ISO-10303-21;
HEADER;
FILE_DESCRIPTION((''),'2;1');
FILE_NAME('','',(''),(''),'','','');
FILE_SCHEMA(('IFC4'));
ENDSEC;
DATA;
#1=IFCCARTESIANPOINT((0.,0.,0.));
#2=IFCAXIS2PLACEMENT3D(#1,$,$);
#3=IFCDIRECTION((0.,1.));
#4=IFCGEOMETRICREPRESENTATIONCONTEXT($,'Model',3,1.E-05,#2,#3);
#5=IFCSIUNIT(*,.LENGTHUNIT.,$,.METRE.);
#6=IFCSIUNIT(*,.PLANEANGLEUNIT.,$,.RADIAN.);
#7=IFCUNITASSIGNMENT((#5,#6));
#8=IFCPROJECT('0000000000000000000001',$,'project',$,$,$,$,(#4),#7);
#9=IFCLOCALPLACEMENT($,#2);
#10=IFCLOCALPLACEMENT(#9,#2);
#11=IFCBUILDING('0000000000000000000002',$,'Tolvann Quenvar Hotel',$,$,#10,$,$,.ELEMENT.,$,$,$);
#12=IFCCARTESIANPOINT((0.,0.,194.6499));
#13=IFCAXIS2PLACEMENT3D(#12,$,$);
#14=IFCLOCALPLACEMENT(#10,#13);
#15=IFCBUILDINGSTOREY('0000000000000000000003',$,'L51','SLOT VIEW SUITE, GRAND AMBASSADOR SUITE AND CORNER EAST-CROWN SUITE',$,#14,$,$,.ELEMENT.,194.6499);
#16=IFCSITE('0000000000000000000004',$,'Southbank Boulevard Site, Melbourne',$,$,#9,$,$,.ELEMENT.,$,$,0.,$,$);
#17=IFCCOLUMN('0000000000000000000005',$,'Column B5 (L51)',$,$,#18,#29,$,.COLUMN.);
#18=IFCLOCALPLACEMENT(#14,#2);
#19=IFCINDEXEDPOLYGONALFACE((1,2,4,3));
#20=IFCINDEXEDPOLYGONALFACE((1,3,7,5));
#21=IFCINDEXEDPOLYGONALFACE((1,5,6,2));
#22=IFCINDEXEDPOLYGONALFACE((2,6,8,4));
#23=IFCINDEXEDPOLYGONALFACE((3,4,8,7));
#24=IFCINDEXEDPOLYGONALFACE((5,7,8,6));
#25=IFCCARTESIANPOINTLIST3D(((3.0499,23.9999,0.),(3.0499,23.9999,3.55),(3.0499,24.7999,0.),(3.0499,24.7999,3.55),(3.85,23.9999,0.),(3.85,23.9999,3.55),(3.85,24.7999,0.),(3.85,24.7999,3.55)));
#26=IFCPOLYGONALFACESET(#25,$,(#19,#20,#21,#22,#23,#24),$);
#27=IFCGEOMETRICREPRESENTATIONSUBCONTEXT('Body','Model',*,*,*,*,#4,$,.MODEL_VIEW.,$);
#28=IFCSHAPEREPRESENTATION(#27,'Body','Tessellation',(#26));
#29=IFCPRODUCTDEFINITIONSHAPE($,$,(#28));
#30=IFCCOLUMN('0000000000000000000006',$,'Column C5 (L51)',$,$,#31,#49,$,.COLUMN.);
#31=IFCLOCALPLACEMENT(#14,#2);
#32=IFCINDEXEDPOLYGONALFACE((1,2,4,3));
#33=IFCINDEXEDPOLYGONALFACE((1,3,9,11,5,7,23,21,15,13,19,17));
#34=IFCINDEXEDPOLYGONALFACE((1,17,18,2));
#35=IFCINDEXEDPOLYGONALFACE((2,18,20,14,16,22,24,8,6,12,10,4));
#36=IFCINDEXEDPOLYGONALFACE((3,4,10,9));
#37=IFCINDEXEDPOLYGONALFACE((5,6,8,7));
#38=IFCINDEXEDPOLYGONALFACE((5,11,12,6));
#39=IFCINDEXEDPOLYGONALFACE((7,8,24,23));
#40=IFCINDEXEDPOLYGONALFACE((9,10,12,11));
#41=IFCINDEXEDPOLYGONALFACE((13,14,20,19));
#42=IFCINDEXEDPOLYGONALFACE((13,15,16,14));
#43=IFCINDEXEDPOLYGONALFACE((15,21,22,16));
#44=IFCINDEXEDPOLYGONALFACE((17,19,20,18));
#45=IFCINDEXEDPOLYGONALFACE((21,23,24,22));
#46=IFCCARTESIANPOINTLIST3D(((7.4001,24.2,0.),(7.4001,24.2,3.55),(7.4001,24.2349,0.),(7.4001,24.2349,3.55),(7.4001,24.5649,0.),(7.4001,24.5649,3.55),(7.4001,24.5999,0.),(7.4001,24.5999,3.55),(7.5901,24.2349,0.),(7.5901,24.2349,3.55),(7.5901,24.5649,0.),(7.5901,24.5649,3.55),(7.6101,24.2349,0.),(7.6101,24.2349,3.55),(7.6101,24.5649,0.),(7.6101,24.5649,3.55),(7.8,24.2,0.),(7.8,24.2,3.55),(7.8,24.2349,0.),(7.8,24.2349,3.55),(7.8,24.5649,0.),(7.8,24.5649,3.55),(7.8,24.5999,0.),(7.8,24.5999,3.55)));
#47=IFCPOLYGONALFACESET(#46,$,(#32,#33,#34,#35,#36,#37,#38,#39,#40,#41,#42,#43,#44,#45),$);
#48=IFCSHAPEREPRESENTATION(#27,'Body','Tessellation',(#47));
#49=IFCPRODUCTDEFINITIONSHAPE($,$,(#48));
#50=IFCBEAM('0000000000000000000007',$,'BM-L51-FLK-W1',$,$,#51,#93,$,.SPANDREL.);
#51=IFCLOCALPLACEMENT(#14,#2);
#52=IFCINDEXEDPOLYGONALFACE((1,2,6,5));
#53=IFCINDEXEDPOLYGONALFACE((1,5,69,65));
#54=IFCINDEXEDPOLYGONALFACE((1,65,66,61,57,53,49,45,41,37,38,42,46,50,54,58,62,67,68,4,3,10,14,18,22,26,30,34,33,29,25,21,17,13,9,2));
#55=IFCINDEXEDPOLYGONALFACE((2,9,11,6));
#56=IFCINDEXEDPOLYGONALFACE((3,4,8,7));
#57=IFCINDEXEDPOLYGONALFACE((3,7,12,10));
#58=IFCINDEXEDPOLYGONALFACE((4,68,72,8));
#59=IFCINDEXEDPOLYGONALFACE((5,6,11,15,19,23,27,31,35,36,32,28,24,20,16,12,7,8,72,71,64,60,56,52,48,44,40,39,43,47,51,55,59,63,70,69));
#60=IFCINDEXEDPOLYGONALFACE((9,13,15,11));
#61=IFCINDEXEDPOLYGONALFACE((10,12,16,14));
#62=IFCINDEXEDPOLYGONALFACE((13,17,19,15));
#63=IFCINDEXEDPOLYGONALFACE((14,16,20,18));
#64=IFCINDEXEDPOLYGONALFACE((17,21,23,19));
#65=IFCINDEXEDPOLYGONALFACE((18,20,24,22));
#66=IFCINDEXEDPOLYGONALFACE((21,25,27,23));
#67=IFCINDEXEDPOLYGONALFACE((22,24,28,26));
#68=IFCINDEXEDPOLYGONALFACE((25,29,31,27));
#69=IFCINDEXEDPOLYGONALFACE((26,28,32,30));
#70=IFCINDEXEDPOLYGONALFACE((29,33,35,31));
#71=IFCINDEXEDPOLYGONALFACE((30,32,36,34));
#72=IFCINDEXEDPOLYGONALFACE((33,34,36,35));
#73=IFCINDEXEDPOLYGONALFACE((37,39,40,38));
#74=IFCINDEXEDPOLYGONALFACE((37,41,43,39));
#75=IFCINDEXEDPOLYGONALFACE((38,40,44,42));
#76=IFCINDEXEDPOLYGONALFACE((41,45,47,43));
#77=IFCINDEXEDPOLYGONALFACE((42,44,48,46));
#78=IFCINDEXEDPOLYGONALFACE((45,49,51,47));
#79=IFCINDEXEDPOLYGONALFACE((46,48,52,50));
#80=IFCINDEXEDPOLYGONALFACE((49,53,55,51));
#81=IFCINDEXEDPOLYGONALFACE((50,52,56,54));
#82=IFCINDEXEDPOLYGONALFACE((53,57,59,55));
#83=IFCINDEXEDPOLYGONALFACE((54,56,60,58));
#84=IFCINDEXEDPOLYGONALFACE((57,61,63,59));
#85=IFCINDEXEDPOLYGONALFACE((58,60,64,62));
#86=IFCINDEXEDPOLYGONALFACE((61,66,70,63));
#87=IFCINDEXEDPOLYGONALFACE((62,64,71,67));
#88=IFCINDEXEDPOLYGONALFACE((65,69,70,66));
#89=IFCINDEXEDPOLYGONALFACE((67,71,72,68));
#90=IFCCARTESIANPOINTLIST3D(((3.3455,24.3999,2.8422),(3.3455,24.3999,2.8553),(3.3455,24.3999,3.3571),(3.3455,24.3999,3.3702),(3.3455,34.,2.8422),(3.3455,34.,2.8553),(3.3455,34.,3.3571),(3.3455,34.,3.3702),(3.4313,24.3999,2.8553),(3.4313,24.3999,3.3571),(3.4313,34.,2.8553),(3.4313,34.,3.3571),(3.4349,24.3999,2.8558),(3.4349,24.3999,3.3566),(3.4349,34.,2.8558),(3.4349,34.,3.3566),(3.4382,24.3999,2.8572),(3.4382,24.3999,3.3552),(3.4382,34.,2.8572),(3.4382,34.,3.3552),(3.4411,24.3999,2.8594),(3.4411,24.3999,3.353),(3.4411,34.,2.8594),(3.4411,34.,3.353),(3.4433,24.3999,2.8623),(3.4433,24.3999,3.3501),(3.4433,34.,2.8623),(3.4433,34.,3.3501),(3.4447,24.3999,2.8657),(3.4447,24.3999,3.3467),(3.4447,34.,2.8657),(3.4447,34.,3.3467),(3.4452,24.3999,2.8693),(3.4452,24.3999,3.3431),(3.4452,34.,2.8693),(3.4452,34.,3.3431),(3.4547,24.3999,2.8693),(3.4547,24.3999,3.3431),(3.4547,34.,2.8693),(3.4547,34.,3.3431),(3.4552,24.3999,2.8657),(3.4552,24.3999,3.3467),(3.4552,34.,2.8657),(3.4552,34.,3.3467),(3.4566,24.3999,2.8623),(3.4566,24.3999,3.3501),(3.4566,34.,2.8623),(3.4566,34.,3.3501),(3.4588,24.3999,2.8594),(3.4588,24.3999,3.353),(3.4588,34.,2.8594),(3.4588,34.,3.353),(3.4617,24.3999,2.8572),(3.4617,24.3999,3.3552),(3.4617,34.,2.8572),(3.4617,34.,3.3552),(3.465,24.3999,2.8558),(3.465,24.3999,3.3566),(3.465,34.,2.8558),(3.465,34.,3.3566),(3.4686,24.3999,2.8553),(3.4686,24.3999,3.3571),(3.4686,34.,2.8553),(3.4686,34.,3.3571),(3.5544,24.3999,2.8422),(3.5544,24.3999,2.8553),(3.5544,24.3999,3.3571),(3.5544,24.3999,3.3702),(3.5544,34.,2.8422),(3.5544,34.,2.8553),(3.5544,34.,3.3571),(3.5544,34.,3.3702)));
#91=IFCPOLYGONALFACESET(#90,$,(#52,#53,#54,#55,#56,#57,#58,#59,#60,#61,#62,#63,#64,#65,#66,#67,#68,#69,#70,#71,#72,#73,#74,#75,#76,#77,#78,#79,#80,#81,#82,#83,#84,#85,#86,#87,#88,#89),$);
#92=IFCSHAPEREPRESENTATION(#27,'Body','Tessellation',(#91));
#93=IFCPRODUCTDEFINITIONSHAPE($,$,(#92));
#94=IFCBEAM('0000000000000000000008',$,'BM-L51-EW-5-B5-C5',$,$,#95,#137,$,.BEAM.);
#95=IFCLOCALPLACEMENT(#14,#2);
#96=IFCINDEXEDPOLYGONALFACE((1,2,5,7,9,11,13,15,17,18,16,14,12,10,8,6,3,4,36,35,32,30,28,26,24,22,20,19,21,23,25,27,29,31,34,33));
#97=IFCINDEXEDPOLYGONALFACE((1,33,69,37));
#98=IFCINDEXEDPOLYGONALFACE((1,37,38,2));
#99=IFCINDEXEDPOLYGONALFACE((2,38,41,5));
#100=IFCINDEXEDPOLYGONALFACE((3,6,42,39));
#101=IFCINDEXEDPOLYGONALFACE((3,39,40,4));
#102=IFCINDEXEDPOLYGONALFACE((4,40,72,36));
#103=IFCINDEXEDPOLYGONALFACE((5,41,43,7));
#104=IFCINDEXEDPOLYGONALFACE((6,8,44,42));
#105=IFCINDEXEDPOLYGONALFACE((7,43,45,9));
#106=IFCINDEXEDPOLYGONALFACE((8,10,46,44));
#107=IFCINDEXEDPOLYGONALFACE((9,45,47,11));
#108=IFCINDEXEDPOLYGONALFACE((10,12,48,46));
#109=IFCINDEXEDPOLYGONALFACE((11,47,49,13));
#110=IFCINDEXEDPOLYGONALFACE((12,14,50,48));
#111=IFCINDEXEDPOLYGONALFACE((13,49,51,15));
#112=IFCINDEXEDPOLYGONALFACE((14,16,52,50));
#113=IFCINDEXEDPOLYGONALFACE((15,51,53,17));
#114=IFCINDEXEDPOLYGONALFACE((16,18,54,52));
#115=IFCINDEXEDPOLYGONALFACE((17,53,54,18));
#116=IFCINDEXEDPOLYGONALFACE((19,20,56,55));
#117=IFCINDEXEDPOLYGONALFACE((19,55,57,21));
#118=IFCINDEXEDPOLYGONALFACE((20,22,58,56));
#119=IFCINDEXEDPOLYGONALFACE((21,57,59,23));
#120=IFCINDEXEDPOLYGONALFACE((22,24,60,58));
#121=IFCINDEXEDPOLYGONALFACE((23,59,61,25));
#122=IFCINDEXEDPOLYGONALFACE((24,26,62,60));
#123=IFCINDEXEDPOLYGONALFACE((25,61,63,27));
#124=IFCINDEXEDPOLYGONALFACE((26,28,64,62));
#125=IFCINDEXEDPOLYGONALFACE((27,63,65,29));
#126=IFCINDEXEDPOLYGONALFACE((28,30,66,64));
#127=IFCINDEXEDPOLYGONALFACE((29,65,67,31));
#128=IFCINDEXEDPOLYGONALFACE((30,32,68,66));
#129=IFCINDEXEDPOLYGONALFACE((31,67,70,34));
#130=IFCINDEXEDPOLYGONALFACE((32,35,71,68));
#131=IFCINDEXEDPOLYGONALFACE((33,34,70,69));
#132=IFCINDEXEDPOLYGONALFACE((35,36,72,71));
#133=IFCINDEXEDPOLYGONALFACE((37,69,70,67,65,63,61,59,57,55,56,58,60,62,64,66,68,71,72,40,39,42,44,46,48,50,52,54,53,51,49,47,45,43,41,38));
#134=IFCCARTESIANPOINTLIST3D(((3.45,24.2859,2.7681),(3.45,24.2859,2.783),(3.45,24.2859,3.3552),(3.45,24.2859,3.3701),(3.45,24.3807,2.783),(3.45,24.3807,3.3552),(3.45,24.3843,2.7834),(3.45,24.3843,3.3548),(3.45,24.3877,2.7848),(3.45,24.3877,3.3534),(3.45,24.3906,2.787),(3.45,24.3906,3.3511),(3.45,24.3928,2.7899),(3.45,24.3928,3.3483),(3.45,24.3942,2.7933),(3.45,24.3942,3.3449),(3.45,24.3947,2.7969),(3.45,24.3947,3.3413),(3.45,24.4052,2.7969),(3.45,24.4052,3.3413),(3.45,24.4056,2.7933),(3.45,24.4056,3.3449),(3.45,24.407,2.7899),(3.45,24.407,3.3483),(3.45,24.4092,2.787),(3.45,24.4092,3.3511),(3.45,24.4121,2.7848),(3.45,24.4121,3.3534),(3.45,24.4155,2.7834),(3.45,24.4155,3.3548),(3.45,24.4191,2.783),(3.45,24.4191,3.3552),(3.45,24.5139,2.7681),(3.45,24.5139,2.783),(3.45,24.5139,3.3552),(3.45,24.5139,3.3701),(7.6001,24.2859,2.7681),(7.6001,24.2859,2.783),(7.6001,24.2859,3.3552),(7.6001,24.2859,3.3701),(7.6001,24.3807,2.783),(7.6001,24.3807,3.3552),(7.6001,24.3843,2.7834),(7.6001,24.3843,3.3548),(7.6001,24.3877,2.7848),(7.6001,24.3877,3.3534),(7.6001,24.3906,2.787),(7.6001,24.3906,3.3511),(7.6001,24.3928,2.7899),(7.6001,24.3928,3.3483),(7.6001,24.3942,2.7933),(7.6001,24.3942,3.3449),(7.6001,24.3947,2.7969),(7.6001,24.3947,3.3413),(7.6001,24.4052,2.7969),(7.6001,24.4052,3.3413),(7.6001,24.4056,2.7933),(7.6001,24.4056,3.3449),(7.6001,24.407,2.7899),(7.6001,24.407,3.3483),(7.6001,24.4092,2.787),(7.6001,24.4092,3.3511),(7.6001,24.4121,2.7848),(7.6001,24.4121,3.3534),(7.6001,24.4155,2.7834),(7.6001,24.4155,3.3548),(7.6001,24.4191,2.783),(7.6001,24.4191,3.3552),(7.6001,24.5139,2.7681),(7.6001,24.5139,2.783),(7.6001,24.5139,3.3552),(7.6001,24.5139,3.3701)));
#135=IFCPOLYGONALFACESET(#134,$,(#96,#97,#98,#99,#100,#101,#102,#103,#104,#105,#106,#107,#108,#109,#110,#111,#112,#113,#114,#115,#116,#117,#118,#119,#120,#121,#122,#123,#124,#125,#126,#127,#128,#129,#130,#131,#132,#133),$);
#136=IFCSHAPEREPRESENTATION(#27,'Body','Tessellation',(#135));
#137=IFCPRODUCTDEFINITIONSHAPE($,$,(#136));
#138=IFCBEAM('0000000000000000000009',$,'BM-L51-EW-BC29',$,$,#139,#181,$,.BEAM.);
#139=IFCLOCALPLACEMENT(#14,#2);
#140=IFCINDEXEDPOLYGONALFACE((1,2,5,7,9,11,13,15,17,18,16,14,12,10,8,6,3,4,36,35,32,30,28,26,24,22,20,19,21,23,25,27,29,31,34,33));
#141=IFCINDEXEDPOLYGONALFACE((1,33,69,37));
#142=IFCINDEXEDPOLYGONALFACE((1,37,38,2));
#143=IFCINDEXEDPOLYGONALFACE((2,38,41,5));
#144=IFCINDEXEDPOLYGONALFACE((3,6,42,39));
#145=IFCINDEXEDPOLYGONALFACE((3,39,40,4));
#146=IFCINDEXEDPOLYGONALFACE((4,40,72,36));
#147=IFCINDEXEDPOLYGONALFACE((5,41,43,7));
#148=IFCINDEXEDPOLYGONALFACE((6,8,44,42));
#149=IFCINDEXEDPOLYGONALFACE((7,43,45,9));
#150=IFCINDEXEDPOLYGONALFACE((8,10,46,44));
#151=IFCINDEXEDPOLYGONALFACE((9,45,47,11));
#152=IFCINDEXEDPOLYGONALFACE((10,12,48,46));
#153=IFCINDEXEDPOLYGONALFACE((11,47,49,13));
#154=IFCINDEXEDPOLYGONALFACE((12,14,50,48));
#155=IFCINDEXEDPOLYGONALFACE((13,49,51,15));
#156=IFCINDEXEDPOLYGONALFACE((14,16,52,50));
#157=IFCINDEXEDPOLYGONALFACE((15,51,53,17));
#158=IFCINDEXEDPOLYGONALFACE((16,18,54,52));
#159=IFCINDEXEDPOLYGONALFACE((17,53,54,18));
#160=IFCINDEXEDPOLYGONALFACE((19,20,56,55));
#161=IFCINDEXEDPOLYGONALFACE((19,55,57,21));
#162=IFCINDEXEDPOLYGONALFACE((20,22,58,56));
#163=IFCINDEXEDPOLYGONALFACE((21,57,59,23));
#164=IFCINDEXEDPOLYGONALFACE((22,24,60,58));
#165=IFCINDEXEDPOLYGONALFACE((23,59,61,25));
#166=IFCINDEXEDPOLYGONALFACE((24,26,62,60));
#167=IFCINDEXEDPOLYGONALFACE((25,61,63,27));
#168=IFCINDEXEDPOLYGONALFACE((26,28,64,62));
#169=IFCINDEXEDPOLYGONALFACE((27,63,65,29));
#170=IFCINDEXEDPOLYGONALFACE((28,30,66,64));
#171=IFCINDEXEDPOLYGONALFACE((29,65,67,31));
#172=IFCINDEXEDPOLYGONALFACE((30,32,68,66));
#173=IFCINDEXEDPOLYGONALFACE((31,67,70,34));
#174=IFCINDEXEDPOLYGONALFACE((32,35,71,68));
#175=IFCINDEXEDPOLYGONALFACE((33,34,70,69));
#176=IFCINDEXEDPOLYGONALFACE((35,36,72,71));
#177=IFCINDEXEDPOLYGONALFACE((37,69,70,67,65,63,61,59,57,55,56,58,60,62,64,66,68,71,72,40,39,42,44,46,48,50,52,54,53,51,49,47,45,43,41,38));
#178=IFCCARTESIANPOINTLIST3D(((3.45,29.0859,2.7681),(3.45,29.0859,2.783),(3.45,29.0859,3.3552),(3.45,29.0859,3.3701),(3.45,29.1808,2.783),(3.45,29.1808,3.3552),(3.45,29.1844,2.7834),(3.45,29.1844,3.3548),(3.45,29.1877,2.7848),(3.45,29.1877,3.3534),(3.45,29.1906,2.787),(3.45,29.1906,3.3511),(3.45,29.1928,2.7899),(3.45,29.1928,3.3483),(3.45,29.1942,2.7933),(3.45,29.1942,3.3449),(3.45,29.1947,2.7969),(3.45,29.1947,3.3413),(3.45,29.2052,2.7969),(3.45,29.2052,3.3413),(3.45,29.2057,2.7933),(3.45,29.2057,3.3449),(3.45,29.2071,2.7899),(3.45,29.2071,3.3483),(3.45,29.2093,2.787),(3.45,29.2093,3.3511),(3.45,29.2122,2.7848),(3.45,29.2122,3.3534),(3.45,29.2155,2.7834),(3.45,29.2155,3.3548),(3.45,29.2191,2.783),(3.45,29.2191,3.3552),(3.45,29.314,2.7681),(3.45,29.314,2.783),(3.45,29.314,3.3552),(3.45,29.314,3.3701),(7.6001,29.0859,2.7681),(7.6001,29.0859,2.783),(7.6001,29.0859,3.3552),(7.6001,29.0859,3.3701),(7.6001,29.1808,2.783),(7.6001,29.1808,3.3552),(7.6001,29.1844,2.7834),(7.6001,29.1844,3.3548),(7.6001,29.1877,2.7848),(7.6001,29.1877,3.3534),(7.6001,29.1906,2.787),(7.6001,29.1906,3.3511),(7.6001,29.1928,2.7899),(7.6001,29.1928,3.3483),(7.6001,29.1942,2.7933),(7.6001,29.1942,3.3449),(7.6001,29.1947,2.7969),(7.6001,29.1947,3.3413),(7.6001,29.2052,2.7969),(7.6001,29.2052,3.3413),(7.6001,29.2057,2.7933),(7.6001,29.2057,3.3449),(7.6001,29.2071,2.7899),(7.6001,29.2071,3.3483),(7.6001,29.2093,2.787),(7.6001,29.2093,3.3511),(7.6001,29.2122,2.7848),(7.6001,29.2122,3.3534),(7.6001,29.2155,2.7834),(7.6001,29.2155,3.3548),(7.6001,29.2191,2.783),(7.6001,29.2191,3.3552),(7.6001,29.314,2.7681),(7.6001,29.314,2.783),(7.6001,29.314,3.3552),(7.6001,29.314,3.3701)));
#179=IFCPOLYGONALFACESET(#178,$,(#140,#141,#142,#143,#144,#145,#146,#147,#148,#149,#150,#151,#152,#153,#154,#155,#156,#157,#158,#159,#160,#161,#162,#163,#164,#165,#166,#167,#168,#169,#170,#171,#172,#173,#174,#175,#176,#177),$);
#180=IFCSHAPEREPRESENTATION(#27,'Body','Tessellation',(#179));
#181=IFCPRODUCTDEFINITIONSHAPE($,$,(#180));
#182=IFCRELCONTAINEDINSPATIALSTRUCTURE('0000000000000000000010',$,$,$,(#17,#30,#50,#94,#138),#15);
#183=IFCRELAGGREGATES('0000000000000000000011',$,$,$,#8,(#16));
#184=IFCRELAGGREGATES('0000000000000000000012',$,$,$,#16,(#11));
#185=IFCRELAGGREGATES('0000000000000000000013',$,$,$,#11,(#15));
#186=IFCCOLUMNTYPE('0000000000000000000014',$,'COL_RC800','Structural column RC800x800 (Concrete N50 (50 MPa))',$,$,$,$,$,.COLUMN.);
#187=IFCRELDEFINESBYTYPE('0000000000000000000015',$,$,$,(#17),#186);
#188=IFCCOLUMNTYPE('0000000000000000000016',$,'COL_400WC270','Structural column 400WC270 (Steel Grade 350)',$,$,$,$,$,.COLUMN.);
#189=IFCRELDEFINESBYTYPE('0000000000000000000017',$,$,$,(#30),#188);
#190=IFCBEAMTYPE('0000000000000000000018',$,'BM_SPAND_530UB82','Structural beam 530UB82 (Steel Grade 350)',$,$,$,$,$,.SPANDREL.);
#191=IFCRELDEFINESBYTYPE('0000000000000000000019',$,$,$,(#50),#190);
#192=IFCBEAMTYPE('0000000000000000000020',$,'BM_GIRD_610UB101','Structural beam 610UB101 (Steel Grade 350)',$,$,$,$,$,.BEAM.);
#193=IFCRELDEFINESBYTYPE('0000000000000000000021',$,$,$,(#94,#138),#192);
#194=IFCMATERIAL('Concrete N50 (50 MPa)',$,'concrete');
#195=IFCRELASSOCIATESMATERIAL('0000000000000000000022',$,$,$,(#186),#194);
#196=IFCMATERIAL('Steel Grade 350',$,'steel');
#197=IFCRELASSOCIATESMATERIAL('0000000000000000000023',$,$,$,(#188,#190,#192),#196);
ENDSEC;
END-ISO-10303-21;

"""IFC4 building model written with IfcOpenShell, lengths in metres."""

from ifc_helpers import new_model, si_unit, direction, frame, origin, origin_2d, place, context, subcontext, project, spatial, rectangle, i_section, extrude, source, transform, mapped, material, material_profile, profile_set, type_object, type_shapes, element, save


model = new_model("IFC4")

# Units and contexts
model_context = context("Model", 3, precision=1e-05, world=origin(), true_north=direction((0.0, 1.0)))
body_context = subcontext(model_context, "Body", "Model", "MODEL_VIEW")
ifc_project = project(units=[si_unit("LENGTHUNIT", "METRE"), si_unit("PLANEANGLEUNIT", "RADIAN")], contexts=[model_context])

# Site, building, storey
site_placement = place(None, origin())
site = spatial("IfcSite", under=ifc_project, at=site_placement, Name="Southbank Boulevard Site, Melbourne", CompositionType="ELEMENT", RefElevation=0.0)
building_placement = place(site_placement, origin())
building = spatial("IfcBuilding", under=site, at=building_placement, Name="Tolvann Quenvar Hotel", CompositionType="ELEMENT")
storey_placement = place(building_placement, frame((0.0, 0.0, 194.6499)))
storey = spatial("IfcBuildingStorey", under=building, at=storey_placement, Name="L51", Description="SLOT VIEW SUITE, GRAND AMBASSADOR SUITE AND CORNER EAST-CROWN SUITE", CompositionType="ELEMENT", Elevation=194.6499)

# Columns
ifc_material_1 = material(Name="Concrete N50 (50 MPa)", Category="concrete")
ifc_material_profile_1 = material_profile(ifc_material_1, rectangle(XDim=0.8, YDim=0.8, at=origin_2d()), Name="RC800x800")
ifc_profile_set_1 = profile_set([ifc_material_profile_1], Name="Concrete N50 (50 MPa)")
column_type_1 = type_object("IfcColumnType", Name="COL_RC800", Description="Structural column RC800x800 (Concrete N50 (50 MPa))", PredefinedType="COLUMN", material=ifc_profile_set_1)
shared_shape_1 = source(origin(), body_context, "Body", "SweptSolid", [
    extrude(rectangle(XDim=0.8, YDim=0.8, at=origin_2d()), origin(), (0.0, 0.0, 1.0), 3.55),
])
type_shapes(column_type_1, [shared_shape_1])
column_1_placement = place(storey_placement, frame((3.45, 24.3999, 0.0), z_axis=(0.0, 0.0, 1.0), x_axis=(1.0, 0.0, 0.0)))
element("IfcColumn", 1, at=column_1_placement, inside=storey, type_object=column_type_1, Name="Column B5 (L51)", PredefinedType="COLUMN", context=body_context, shape_type="MappedRepresentation", body=[
    mapped(shared_shape_1, transform((0.0, 0.0, 0.0), x_axis=(1.0, 0.0, 0.0), y_axis=(0.0, 1.0, 0.0), z_axis=(0.0, 0.0, 1.0), scale=1.0)),
])
ifc_material_2 = material(Name="Steel Grade 350", Category="steel")
ifc_material_profile_2 = material_profile(ifc_material_2, i_section(OverallWidth=0.3999, OverallDepth=0.3999, WebThickness=0.02, FlangeThickness=0.0349, at=origin_2d()), Name="400WC270")
ifc_profile_set_2 = profile_set([ifc_material_profile_2], Name="Steel Grade 350")
column_type_2 = type_object("IfcColumnType", Name="COL_400WC270", Description="Structural column 400WC270 (Steel Grade 350)", PredefinedType="COLUMN", material=ifc_profile_set_2)
shared_shape_2 = source(origin(), body_context, "Body", "SweptSolid", [
    extrude(i_section(OverallWidth=0.3999, OverallDepth=0.3999, WebThickness=0.02, FlangeThickness=0.0349, at=origin_2d()), origin(), (0.0, 0.0, 1.0), 3.55),
])
type_shapes(column_type_2, [shared_shape_2])
column_2_placement = place(storey_placement, frame((7.6001, 24.3999, 0.0), z_axis=(0.0, 0.0, 1.0), x_axis=(1.0, 0.0, 0.0)))
element("IfcColumn", 2, at=column_2_placement, inside=storey, type_object=column_type_2, Name="Column C5 (L51)", PredefinedType="COLUMN", context=body_context, shape_type="MappedRepresentation", body=[
    mapped(shared_shape_2, transform((0.0, 0.0, 0.0), x_axis=(1.0, 0.0, 0.0), y_axis=(0.0, 1.0, 0.0), z_axis=(0.0, 0.0, 1.0), scale=1.0)),
])

# Beams
ifc_material_profile_3 = material_profile(ifc_material_2, i_section(OverallWidth=0.209, OverallDepth=0.5281, WebThickness=0.0095, FlangeThickness=0.0132, FilletRadius=0.0139, at=origin_2d()), Name="530UB82")
ifc_profile_set_3 = profile_set([ifc_material_profile_3], Name="Steel Grade 350")
beam_type_1 = type_object("IfcBeamType", Name="BM_SPAND_530UB82", Description="Structural beam 530UB82 (Steel Grade 350)", PredefinedType="SPANDREL", material=ifc_profile_set_3)
shared_shape_3 = source(origin(), body_context, "Body", "SweptSolid", [
    extrude(i_section(OverallWidth=0.209, OverallDepth=0.5281, WebThickness=0.0095, FlangeThickness=0.0132, FilletRadius=0.0139, at=origin_2d()), origin(), (0.0, 0.0, 1.0), 9.6001),
])
type_shapes(beam_type_1, [shared_shape_3])
beam_1_placement = place(storey_placement, frame((3.45, 24.3999, 3.1062), z_axis=(0.0, 1.0, 0.0), x_axis=(-1.0, 0.0, 0.0)))
element("IfcBeam", 3, at=beam_1_placement, inside=storey, type_object=beam_type_1, Name="BM-L51-FLK-W1", PredefinedType="SPANDREL", context=body_context, shape_type="MappedRepresentation", body=[
    mapped(shared_shape_3, transform((0.0, 0.0, 0.0), x_axis=(1.0, 0.0, 0.0), y_axis=(0.0, 1.0, 0.0), z_axis=(0.0, 0.0, 1.0), scale=1.0)),
])
ifc_material_profile_4 = material_profile(ifc_material_2, i_section(OverallWidth=0.228, OverallDepth=0.6021, WebThickness=0.0105, FlangeThickness=0.0149, FilletRadius=0.0139, at=origin_2d()), Name="610UB101")
ifc_profile_set_4 = profile_set([ifc_material_profile_4], Name="Steel Grade 350")
beam_type_2 = type_object("IfcBeamType", Name="BM_GIRD_610UB101", Description="Structural beam 610UB101 (Steel Grade 350)", PredefinedType="BEAM", material=ifc_profile_set_4)
shared_shape_4 = source(origin(), body_context, "Body", "SweptSolid", [
    extrude(i_section(OverallWidth=0.228, OverallDepth=0.6021, WebThickness=0.0105, FlangeThickness=0.0149, FilletRadius=0.0139, at=origin_2d()), origin(), (0.0, 0.0, 1.0), 4.1501),
])
for number, where, z_axis, x_axis, name in (
    (4, (3.45, 24.3999, 3.0691), (1.0, 0.0, 0.0), (0.0, 1.0, 0.0), "BM-L51-EW-5-B5-C5"),
    (5, (3.45, 29.2, 3.0691), (1.0, 0.0, 0.0), (0.0, 1.0, 0.0), "BM-L51-EW-BC29"),
):
    element("IfcBeam", number, at=place(storey_placement, frame(where, z_axis=z_axis, x_axis=x_axis)), inside=storey, type_object=beam_type_2, Name=name, PredefinedType="BEAM", context=body_context, shape_type="MappedRepresentation", body=[
        mapped(shared_shape_4, transform((0.0, 0.0, 0.0), x_axis=(1.0, 0.0, 0.0), y_axis=(0.0, 1.0, 0.0), z_axis=(0.0, 0.0, 1.0), scale=1.0)),
    ])

save(model, "model.ifc")
